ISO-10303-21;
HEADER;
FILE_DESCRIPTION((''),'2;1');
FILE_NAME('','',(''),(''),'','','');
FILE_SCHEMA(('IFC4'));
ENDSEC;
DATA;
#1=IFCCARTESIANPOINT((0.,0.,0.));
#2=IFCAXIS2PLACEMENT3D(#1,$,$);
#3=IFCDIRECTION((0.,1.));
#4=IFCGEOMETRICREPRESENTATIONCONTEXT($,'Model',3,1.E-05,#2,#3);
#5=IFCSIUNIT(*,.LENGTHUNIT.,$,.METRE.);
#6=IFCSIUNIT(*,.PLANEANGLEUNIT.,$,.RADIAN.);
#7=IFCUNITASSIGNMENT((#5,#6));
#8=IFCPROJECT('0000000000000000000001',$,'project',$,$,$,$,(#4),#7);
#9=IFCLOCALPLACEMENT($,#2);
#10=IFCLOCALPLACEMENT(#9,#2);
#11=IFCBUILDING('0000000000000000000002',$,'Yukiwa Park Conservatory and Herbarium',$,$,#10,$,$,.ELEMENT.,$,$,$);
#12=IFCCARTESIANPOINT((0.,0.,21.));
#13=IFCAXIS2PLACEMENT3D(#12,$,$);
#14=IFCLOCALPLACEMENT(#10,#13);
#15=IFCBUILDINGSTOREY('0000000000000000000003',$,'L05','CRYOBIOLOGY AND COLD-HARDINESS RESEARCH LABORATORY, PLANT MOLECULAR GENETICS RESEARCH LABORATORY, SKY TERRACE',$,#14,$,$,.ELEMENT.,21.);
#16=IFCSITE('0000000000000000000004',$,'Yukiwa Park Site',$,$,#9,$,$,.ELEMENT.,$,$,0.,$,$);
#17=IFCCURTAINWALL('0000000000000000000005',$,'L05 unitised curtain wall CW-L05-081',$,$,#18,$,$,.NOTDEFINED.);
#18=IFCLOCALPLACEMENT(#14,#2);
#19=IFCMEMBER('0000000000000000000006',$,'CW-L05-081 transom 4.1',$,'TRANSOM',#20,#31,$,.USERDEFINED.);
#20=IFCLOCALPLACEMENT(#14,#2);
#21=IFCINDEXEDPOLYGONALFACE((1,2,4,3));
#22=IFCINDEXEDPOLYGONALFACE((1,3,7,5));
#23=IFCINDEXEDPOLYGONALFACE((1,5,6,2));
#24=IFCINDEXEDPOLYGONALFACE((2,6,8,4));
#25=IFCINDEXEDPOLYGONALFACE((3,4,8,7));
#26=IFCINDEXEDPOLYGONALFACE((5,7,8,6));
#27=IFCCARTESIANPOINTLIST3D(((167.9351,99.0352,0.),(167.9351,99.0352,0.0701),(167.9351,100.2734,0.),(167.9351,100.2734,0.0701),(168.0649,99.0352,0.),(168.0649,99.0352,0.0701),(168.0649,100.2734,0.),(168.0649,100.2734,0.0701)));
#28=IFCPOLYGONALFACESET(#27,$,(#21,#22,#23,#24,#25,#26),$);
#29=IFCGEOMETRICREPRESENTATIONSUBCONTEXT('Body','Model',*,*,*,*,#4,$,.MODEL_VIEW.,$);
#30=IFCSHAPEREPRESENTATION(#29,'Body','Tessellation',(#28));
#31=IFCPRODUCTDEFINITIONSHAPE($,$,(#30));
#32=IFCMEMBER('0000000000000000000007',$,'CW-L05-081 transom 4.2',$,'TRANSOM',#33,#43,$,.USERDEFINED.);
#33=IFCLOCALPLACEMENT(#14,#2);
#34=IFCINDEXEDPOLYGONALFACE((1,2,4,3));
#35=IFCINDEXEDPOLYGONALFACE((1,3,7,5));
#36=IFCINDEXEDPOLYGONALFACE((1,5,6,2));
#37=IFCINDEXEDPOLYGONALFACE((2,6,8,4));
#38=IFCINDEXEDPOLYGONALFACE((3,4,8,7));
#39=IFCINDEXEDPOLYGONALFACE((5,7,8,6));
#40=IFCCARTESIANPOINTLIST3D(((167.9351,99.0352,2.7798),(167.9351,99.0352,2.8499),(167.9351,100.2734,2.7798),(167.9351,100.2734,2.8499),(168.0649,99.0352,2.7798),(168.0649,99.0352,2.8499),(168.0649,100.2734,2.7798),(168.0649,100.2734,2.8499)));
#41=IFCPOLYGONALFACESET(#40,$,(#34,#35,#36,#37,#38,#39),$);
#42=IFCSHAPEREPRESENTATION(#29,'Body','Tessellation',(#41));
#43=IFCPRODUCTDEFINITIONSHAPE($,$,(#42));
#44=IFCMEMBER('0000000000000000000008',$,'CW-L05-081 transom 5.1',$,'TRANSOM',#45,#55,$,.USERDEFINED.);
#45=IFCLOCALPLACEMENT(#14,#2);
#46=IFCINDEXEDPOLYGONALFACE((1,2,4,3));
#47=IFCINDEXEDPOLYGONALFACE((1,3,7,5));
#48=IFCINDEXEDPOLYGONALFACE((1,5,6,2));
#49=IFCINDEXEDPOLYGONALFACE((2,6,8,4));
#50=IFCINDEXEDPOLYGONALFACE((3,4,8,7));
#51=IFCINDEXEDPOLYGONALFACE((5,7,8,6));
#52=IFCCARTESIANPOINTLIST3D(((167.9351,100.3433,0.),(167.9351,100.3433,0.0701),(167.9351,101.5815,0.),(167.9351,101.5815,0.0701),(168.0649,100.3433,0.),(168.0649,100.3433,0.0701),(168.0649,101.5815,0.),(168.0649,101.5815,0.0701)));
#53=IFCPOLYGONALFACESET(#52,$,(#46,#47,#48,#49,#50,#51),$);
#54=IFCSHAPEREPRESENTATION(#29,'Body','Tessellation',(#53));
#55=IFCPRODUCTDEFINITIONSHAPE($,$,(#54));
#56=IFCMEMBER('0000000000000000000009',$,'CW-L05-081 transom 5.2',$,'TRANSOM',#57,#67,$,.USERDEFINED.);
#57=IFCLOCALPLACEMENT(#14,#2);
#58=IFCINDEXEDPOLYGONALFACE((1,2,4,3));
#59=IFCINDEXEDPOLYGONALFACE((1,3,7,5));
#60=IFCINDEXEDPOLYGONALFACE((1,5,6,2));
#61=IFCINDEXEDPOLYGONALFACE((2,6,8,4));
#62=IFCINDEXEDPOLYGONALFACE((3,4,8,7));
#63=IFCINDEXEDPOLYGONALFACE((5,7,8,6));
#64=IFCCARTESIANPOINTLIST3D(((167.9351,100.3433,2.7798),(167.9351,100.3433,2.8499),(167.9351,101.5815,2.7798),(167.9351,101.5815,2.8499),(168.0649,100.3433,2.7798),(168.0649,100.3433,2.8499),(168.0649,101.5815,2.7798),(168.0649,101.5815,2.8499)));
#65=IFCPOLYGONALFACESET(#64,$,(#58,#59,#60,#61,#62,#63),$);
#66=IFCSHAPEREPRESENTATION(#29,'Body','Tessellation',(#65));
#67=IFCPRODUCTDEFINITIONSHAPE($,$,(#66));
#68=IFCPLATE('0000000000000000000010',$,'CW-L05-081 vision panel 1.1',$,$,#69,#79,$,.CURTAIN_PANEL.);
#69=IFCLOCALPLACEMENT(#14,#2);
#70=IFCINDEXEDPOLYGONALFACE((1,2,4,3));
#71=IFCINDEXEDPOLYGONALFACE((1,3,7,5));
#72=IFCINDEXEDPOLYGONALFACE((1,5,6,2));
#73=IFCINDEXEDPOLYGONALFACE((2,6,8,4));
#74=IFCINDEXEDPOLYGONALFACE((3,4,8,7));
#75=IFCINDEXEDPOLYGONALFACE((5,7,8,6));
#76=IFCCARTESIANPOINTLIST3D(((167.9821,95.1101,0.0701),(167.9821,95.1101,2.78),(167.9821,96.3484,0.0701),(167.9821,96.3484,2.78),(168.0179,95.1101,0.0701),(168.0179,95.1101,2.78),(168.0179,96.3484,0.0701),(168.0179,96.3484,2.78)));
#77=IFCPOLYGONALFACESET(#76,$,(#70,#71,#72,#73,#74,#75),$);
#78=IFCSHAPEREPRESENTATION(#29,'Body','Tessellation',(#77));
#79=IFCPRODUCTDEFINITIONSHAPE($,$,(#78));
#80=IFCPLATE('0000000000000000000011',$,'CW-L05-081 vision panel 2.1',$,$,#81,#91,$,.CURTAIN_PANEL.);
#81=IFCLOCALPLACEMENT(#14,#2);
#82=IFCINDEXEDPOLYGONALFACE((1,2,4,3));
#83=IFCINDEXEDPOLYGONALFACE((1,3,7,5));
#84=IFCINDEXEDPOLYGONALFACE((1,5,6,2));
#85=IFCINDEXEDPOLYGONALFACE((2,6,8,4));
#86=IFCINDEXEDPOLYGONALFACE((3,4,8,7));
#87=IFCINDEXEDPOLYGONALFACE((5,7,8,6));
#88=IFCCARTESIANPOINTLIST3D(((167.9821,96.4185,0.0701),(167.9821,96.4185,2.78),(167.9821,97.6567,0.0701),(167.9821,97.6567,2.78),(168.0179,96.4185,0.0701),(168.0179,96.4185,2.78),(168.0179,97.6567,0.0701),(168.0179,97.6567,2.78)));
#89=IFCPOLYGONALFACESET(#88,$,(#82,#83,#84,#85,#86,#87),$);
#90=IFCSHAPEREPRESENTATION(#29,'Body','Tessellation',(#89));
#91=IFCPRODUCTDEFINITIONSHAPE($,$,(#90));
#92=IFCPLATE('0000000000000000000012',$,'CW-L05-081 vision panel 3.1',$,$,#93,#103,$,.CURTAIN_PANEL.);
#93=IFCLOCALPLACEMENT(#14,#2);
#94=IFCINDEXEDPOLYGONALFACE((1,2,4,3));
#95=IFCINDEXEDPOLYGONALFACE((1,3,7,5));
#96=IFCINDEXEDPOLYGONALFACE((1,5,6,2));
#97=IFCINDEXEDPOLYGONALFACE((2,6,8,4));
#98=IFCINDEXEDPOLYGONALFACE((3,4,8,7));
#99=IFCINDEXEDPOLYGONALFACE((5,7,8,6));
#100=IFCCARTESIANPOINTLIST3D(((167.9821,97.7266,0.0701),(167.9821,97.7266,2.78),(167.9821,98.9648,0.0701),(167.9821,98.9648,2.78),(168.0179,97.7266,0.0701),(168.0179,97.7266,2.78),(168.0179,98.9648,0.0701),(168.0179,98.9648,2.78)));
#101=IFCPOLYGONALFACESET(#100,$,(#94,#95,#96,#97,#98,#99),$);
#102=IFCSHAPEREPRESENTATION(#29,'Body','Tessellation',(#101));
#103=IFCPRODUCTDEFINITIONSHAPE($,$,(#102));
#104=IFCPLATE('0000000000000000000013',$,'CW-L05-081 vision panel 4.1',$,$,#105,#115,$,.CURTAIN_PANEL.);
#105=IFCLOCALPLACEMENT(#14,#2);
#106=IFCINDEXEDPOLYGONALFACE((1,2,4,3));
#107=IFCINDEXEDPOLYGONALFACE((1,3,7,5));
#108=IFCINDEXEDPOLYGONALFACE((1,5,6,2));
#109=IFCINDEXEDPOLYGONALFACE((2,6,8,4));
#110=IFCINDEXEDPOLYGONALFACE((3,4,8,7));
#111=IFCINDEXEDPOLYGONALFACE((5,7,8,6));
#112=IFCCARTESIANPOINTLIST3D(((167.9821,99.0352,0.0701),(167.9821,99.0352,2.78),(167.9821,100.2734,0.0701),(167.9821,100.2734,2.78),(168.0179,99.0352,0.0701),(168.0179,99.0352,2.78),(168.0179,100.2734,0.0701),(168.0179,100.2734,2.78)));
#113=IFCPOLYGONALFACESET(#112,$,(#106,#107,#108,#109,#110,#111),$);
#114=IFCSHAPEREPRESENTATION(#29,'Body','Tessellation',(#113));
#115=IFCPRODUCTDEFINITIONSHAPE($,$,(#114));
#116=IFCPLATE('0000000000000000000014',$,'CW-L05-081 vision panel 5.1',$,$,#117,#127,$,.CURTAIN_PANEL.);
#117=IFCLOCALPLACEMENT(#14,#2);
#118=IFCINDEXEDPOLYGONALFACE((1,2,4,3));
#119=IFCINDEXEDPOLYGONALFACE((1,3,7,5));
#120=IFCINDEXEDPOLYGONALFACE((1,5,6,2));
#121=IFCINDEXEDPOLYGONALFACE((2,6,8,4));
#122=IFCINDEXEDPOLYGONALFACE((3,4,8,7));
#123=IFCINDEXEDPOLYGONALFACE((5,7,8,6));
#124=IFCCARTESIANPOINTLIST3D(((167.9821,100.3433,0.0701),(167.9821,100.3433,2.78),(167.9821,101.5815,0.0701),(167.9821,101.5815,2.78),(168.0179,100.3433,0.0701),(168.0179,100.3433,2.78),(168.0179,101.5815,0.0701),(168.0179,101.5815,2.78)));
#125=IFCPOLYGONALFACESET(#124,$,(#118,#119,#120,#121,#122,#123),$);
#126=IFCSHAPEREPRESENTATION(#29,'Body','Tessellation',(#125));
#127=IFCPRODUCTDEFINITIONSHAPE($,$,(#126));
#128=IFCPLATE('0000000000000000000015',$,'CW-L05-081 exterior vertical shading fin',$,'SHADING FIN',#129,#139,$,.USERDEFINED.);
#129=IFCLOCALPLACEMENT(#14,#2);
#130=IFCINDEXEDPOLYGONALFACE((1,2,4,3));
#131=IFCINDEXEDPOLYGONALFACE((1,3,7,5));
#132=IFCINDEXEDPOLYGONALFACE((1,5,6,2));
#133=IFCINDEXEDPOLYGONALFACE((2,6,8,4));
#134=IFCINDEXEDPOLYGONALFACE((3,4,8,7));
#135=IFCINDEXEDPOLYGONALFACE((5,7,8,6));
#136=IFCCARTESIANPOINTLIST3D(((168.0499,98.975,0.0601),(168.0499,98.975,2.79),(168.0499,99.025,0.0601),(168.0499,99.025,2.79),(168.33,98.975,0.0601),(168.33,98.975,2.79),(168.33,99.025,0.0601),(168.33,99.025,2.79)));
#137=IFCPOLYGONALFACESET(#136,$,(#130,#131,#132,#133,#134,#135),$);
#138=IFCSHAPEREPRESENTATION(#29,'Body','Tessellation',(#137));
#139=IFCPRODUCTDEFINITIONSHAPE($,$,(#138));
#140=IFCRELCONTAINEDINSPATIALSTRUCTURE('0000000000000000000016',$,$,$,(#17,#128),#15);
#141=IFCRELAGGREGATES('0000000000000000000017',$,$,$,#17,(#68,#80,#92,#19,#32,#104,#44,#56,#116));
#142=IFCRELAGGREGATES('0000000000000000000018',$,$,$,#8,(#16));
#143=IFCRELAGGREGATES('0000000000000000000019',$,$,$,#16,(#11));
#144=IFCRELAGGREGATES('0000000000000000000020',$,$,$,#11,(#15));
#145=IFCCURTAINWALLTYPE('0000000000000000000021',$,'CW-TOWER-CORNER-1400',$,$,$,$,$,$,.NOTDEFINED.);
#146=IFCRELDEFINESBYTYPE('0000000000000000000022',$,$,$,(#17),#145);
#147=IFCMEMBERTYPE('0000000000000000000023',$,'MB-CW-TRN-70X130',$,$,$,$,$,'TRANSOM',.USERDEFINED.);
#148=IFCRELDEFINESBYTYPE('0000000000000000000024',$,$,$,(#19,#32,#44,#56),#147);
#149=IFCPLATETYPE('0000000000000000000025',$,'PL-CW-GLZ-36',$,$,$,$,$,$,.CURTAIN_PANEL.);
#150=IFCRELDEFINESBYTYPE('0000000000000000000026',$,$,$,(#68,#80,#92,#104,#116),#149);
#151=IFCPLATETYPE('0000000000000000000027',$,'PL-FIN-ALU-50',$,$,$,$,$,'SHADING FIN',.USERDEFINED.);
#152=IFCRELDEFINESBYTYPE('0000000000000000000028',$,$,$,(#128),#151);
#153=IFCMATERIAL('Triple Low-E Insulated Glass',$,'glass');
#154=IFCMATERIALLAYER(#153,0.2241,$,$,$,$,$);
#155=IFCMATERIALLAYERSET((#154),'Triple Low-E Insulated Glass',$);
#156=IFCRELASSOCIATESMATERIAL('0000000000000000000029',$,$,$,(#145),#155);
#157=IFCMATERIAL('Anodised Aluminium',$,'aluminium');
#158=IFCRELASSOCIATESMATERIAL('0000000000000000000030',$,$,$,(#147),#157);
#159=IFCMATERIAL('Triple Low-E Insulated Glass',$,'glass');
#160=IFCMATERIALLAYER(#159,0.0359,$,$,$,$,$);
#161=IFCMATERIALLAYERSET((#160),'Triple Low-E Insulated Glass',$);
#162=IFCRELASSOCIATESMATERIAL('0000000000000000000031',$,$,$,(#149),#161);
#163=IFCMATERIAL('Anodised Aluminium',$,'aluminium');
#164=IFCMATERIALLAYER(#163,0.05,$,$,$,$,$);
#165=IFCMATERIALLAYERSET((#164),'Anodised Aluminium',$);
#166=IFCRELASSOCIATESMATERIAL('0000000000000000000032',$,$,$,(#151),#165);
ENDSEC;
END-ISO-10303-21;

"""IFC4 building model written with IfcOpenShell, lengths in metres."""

from ifc_helpers import new_model, si_unit, direction, frame, origin, origin_2d, place, context, subcontext, project, spatial, rectangle, extrude, material, layer, layer_set, type_object, element, aggregate, save


model = new_model("IFC4")

# Units and contexts
model_context = context("Model", 3, precision=1e-05, world=origin(), true_north=direction((0.0, 1.0)))
body_context = subcontext(model_context, "Body", "Model", "MODEL_VIEW")
ifc_project = project(units=[si_unit("LENGTHUNIT", "METRE"), si_unit("PLANEANGLEUNIT", "RADIAN")], contexts=[model_context])

# Site, building, storey
site_placement = place(None, origin())
site = spatial("IfcSite", under=ifc_project, at=site_placement, Name="Yukiwa Park Site", CompositionType="ELEMENT", RefElevation=0.0)
building_placement = place(site_placement, origin())
building = spatial("IfcBuilding", under=site, at=building_placement, Name="Yukiwa Park Conservatory and Herbarium", CompositionType="ELEMENT")
storey_placement = place(building_placement, frame((0.0, 0.0, 21.0)))
storey = spatial("IfcBuildingStorey", under=building, at=storey_placement, Name="L05", Description="CRYOBIOLOGY AND COLD-HARDINESS RESEARCH LABORATORY, PLANT MOLECULAR GENETICS RESEARCH LABORATORY, SKY TERRACE", CompositionType="ELEMENT", Elevation=21.0)

# Curtain wall, members, plates
ifc_material_1 = material(Name="Triple Low-E Insulated Glass", Category="glass")
ifc_layer_1 = layer(ifc_material_1, 0.2241)
ifc_layer_set_1 = layer_set([ifc_layer_1], Name="Triple Low-E Insulated Glass")
curtain_wall_type = type_object("IfcCurtainWallType", Name="CW-TOWER-CORNER-1400", PredefinedType="NOTDEFINED", material=ifc_layer_set_1)
curtain_wall_placement = place(storey_placement, origin())
curtain_wall = element("IfcCurtainWall", 1, at=curtain_wall_placement, inside=storey, type_object=curtain_wall_type, Name="L05 unitised curtain wall CW-L05-081", PredefinedType="NOTDEFINED")
ifc_material_2 = material(Name="Anodised Aluminium", Category="aluminium")
member_type_1 = type_object("IfcMemberType", Name="MB-CW-TRN-70X130", ElementType="TRANSOM", PredefinedType="USERDEFINED", material=ifc_material_2)
member_1_placement = place(storey_placement, frame((168.0, 99.6543, 0.0), z_axis=(0.0, 0.0, 1.0), x_axis=(0.0, 1.0, 0.0)))
member_1 = element("IfcMember", 2, at=member_1_placement, type_object=member_type_1, Name="CW-L05-081 transom 4.1", ObjectType="TRANSOM", PredefinedType="USERDEFINED", context=body_context, shape_type="SweptSolid", body=[
    extrude(rectangle(XDim=1.2383, YDim=0.1299, at=origin_2d()), origin(), (0.0, 0.0, 1.0), 0.0701),
])
member_2_placement = place(storey_placement, frame((168.0, 99.6543, 2.7798), z_axis=(0.0, 0.0, 1.0), x_axis=(0.0, 1.0, 0.0)))
member_2 = element("IfcMember", 3, at=member_2_placement, type_object=member_type_1, Name="CW-L05-081 transom 4.2", ObjectType="TRANSOM", PredefinedType="USERDEFINED", context=body_context, shape_type="SweptSolid", body=[
    extrude(rectangle(XDim=1.2383, YDim=0.1299, at=origin_2d()), origin(), (0.0, 0.0, 1.0), 0.0701),
])
member_3_placement = place(storey_placement, frame((168.0, 100.9624, 0.0), z_axis=(0.0, 0.0, 1.0), x_axis=(0.0, 1.0, 0.0)))
member_3 = element("IfcMember", 4, at=member_3_placement, type_object=member_type_1, Name="CW-L05-081 transom 5.1", ObjectType="TRANSOM", PredefinedType="USERDEFINED", context=body_context, shape_type="SweptSolid", body=[
    extrude(rectangle(XDim=1.2383, YDim=0.1299, at=origin_2d()), origin(), (0.0, 0.0, 1.0), 0.0701),
])
member_4_placement = place(storey_placement, frame((168.0, 100.9624, 2.7798), z_axis=(0.0, 0.0, 1.0), x_axis=(0.0, 1.0, 0.0)))
member_4 = element("IfcMember", 5, at=member_4_placement, type_object=member_type_1, Name="CW-L05-081 transom 5.2", ObjectType="TRANSOM", PredefinedType="USERDEFINED", context=body_context, shape_type="SweptSolid", body=[
    extrude(rectangle(XDim=1.2383, YDim=0.1299, at=origin_2d()), origin(), (0.0, 0.0, 1.0), 0.0701),
])
ifc_material_3 = material(Name="Triple Low-E Insulated Glass", Category="glass")
ifc_layer_2 = layer(ifc_material_3, 0.0359)
ifc_layer_set_2 = layer_set([ifc_layer_2], Name="Triple Low-E Insulated Glass")
plate_type_1 = type_object("IfcPlateType", Name="PL-CW-GLZ-36", PredefinedType="CURTAIN_PANEL", material=ifc_layer_set_2)
plate_1_placement = place(storey_placement, frame((168.0, 95.7292, 0.0701), z_axis=(0.0, 0.0, 1.0), x_axis=(0.0, 1.0, 0.0)))
plate_1 = element("IfcPlate", 6, at=plate_1_placement, type_object=plate_type_1, Name="CW-L05-081 vision panel 1.1", PredefinedType="CURTAIN_PANEL", context=body_context, shape_type="SweptSolid", body=[
    extrude(rectangle(XDim=1.2383, YDim=0.0359, at=origin_2d()), origin(), (0.0, 0.0, 1.0), 2.71),
])
plate_2_placement = place(storey_placement, frame((168.0, 97.0376, 0.0701), z_axis=(0.0, 0.0, 1.0), x_axis=(0.0, 1.0, 0.0)))
plate_2 = element("IfcPlate", 7, at=plate_2_placement, type_object=plate_type_1, Name="CW-L05-081 vision panel 2.1", PredefinedType="CURTAIN_PANEL", context=body_context, shape_type="SweptSolid", body=[
    extrude(rectangle(XDim=1.2383, YDim=0.0359, at=origin_2d()), origin(), (0.0, 0.0, 1.0), 2.71),
])
plate_3_placement = place(storey_placement, frame((168.0, 98.3457, 0.0701), z_axis=(0.0, 0.0, 1.0), x_axis=(0.0, 1.0, 0.0)))
plate_3 = element("IfcPlate", 8, at=plate_3_placement, type_object=plate_type_1, Name="CW-L05-081 vision panel 3.1", PredefinedType="CURTAIN_PANEL", context=body_context, shape_type="SweptSolid", body=[
    extrude(rectangle(XDim=1.2383, YDim=0.0359, at=origin_2d()), origin(), (0.0, 0.0, 1.0), 2.71),
])
plate_4_placement = place(storey_placement, frame((168.0, 99.6543, 0.0701), z_axis=(0.0, 0.0, 1.0), x_axis=(0.0, 1.0, 0.0)))
plate_4 = element("IfcPlate", 9, at=plate_4_placement, type_object=plate_type_1, Name="CW-L05-081 vision panel 4.1", PredefinedType="CURTAIN_PANEL", context=body_context, shape_type="SweptSolid", body=[
    extrude(rectangle(XDim=1.2383, YDim=0.0359, at=origin_2d()), origin(), (0.0, 0.0, 1.0), 2.71),
])
plate_5_placement = place(storey_placement, frame((168.0, 100.9624, 0.0701), z_axis=(0.0, 0.0, 1.0), x_axis=(0.0, 1.0, 0.0)))
plate_5 = element("IfcPlate", 10, at=plate_5_placement, type_object=plate_type_1, Name="CW-L05-081 vision panel 5.1", PredefinedType="CURTAIN_PANEL", context=body_context, shape_type="SweptSolid", body=[
    extrude(rectangle(XDim=1.2383, YDim=0.0359, at=origin_2d()), origin(), (0.0, 0.0, 1.0), 2.71),
])
aggregate(curtain_wall, [plate_1, plate_2, plate_3, member_1, member_2, plate_4, member_3, member_4, plate_5])

# Plate
ifc_material_4 = material(Name="Anodised Aluminium", Category="aluminium")
ifc_layer_3 = layer(ifc_material_4, 0.05)
ifc_layer_set_3 = layer_set([ifc_layer_3], Name="Anodised Aluminium")
plate_type_2 = type_object("IfcPlateType", Name="PL-FIN-ALU-50", ElementType="SHADING FIN", PredefinedType="USERDEFINED", material=ifc_layer_set_3)
plate_6_placement = place(storey_placement, frame((168.1899, 99.0, 0.0601), z_axis=(0.0, 0.0, 1.0), x_axis=(0.0, 1.0, 0.0)))
element("IfcPlate", 11, at=plate_6_placement, inside=storey, type_object=plate_type_2, Name="CW-L05-081 exterior vertical shading fin", ObjectType="SHADING FIN", PredefinedType="USERDEFINED", context=body_context, shape_type="SweptSolid", body=[
    extrude(rectangle(XDim=0.05, YDim=0.28, at=origin_2d()), origin(), (0.0, 0.0, 1.0), 2.73),
])

save(model, "model.ifc")
